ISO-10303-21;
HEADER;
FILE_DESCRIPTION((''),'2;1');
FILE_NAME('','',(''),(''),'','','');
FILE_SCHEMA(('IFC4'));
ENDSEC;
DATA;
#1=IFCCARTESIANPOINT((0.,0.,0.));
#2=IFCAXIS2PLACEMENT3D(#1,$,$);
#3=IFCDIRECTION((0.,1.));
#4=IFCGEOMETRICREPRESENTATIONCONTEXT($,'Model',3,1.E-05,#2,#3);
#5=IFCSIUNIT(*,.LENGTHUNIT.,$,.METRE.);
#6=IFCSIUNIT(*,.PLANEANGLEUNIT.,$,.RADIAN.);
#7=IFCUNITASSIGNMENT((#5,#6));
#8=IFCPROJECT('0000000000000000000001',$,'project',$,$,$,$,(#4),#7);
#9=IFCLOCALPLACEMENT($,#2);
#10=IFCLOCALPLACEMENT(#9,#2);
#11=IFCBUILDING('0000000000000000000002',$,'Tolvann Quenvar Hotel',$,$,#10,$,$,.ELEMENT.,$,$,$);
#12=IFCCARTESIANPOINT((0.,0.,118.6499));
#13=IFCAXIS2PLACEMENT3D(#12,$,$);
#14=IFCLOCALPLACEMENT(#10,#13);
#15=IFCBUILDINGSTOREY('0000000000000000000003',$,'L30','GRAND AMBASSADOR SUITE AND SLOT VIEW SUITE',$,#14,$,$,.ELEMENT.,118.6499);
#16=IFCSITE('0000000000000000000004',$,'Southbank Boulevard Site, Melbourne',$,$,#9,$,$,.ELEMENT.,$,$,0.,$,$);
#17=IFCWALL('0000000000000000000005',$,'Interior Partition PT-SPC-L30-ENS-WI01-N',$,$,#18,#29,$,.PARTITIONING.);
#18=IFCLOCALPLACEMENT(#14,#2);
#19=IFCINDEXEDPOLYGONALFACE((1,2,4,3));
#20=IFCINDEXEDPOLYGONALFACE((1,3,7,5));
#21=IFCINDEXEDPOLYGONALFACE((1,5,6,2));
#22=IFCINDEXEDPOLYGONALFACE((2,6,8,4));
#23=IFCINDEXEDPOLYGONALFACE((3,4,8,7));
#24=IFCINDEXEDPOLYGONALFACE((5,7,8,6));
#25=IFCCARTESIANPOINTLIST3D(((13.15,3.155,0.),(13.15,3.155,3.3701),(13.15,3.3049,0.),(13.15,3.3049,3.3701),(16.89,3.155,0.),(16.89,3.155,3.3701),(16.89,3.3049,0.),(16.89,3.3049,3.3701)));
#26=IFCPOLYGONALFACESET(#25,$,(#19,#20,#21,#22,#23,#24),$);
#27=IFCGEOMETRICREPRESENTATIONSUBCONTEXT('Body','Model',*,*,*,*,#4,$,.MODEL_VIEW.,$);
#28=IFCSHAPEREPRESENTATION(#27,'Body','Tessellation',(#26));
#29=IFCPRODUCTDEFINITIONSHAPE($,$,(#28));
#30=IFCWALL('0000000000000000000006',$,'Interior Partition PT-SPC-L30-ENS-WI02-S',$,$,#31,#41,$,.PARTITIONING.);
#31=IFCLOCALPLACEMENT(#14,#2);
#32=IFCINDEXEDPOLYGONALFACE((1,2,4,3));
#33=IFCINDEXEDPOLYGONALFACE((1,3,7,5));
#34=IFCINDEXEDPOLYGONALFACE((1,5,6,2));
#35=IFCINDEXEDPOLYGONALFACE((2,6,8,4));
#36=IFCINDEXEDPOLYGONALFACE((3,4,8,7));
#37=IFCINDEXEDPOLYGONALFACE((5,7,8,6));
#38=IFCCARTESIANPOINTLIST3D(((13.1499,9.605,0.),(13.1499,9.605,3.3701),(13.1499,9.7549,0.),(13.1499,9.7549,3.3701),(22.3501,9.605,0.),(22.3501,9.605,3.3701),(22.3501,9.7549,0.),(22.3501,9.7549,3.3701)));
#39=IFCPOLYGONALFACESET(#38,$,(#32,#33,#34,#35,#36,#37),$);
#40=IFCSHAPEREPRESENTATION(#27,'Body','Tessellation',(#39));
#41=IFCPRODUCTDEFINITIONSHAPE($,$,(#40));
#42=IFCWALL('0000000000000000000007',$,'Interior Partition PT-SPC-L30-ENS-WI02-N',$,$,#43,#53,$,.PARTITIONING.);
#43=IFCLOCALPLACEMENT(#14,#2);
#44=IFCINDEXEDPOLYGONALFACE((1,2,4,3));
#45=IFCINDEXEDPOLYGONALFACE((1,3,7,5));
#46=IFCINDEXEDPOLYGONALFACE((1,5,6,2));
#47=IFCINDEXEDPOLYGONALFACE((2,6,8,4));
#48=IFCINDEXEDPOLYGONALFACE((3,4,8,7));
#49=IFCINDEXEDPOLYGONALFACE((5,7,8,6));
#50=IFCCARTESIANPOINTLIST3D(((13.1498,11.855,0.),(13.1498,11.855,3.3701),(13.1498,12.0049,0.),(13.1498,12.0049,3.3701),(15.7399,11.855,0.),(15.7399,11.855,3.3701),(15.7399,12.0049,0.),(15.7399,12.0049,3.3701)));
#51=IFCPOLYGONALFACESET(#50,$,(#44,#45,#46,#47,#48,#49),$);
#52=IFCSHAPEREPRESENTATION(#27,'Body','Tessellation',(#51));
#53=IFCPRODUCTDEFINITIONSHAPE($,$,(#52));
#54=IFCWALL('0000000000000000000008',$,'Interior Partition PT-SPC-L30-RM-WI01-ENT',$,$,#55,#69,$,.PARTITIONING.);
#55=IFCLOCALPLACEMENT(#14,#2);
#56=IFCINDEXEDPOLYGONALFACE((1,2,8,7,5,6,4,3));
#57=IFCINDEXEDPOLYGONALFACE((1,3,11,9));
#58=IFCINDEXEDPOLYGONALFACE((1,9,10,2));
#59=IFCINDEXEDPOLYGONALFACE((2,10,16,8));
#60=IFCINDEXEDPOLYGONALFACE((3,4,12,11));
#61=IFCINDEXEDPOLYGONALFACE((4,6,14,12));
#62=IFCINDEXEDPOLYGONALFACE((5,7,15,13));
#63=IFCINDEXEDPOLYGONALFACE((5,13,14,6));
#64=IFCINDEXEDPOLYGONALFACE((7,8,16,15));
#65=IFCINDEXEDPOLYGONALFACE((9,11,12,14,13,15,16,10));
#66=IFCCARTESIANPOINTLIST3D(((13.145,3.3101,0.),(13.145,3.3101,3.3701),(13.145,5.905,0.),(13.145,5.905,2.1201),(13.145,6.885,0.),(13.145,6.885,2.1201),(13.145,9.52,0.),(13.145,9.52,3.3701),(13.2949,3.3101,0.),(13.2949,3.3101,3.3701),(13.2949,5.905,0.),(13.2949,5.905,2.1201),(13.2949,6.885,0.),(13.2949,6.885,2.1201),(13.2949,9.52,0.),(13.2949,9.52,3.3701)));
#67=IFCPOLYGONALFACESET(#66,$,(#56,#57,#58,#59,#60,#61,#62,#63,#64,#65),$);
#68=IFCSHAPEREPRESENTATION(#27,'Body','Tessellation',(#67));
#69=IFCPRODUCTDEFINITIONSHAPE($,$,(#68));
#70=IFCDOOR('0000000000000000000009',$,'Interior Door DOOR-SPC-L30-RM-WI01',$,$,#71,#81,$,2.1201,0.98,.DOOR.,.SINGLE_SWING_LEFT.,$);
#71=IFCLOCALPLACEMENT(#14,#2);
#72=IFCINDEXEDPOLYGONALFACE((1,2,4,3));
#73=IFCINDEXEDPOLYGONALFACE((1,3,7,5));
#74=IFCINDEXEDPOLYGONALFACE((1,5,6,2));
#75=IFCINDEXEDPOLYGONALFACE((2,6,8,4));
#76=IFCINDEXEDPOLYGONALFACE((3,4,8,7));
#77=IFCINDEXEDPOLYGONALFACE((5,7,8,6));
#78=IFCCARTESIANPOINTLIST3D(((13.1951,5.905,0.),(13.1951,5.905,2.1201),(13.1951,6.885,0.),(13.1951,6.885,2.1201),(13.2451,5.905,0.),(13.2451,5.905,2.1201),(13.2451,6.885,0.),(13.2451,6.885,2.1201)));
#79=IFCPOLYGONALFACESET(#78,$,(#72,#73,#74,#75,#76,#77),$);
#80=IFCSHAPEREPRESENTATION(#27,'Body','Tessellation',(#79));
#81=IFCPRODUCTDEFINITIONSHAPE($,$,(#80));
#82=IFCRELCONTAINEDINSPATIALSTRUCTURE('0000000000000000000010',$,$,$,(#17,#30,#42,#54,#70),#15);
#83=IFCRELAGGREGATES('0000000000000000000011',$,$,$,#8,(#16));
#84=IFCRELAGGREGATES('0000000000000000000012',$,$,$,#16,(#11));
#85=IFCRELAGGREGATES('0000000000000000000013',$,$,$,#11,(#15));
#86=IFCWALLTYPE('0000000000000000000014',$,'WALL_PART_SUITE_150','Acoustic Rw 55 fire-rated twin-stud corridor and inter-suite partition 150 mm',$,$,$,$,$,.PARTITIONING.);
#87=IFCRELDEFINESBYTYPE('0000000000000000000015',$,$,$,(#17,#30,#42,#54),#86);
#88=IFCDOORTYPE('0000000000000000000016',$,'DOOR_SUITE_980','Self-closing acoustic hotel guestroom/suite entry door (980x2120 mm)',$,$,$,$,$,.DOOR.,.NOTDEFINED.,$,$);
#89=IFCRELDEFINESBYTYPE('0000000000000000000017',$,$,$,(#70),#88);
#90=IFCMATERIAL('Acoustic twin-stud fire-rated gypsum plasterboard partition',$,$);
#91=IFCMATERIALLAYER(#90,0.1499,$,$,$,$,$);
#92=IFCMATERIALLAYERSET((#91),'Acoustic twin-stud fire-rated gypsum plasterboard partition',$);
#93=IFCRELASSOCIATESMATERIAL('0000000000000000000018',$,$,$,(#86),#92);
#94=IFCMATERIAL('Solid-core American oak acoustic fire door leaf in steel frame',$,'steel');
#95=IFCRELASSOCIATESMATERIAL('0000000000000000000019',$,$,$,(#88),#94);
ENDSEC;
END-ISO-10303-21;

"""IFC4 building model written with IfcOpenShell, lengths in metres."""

from ifc_helpers import new_model, si_unit, direction, frame, frame_2d, origin, place, context, subcontext, project, spatial, rectangle, extrude, source, transform, mapped, material, layer, layer_set, type_object, type_shapes, element, fill, save


model = new_model("IFC4")

# Units and contexts
model_context = context("Model", 3, precision=1e-05, world=origin(), true_north=direction((0.0, 1.0)))
body_context = subcontext(model_context, "Body", "Model", "MODEL_VIEW")
ifc_project = project(units=[si_unit("LENGTHUNIT", "METRE"), si_unit("PLANEANGLEUNIT", "RADIAN")], contexts=[model_context])

# Site, building, storey
site_placement = place(None, origin())
site = spatial("IfcSite", under=ifc_project, at=site_placement, Name="Southbank Boulevard Site, Melbourne", CompositionType="ELEMENT", RefElevation=0.0)
building_placement = place(site_placement, origin())
building = spatial("IfcBuilding", under=site, at=building_placement, Name="Tolvann Quenvar Hotel", CompositionType="ELEMENT")
storey_placement = place(building_placement, frame((0.0, 0.0, 118.6499)))
storey = spatial("IfcBuildingStorey", under=building, at=storey_placement, Name="L30", Description="GRAND AMBASSADOR SUITE AND SLOT VIEW SUITE", CompositionType="ELEMENT", Elevation=118.6499)

# Shared definitions
ifc_material_1 = material(Name="Acoustic twin-stud fire-rated gypsum plasterboard partition")
ifc_layer_1 = layer(ifc_material_1, 0.1499)
ifc_layer_set_1 = layer_set([ifc_layer_1], Name="Acoustic twin-stud fire-rated gypsum plasterboard partition")
wall_type_1 = type_object("IfcWallType", Name="WALL_PART_SUITE_150", Description="Acoustic Rw 55 fire-rated twin-stud corridor and inter-suite partition 150 mm", PredefinedType="PARTITIONING", material=ifc_layer_set_1)
ifc_material_2 = material(Name="Solid-core American oak acoustic fire door leaf in steel frame", Category="steel")

# Walls
wall_1_placement = place(storey_placement, frame((13.1499, 3.23, 0.0), z_axis=(0.0, 0.0, 1.0), x_axis=(1.0, 0.0, 0.0)))
element("IfcWall", 1, at=wall_1_placement, inside=storey, type_object=wall_type_1, Name="Interior Partition PT-SPC-L30-ENS-WI01-N", PredefinedType="PARTITIONING", context=body_context, shape_type="SweptSolid", body=[
    extrude(rectangle(XDim=3.74, YDim=0.1499, at=frame_2d((1.8701, 0.0))), origin(), (0.0, 0.0, 1.0), 3.3701),
])
wall_2_placement = place(storey_placement, frame((13.1499, 9.6799, 0.0), z_axis=(0.0, 0.0, 1.0), x_axis=(1.0, 0.0, 0.0)))
element("IfcWall", 2, at=wall_2_placement, inside=storey, type_object=wall_type_1, Name="Interior Partition PT-SPC-L30-ENS-WI02-S", PredefinedType="PARTITIONING", context=body_context, shape_type="SweptSolid", body=[
    extrude(rectangle(XDim=9.2002, YDim=0.1499, at=frame_2d((4.6001, 0.0))), origin(), (0.0, 0.0, 1.0), 3.3701),
])
wall_3_placement = place(storey_placement, frame((13.1499, 11.9299, 0.0), z_axis=(0.0, 0.0, 1.0), x_axis=(1.0, 0.0, 0.0)))
element("IfcWall", 3, at=wall_3_placement, inside=storey, type_object=wall_type_1, Name="Interior Partition PT-SPC-L30-ENS-WI02-N", PredefinedType="PARTITIONING", context=body_context, shape_type="SweptSolid", body=[
    extrude(rectangle(XDim=2.5901, YDim=0.1499, at=frame_2d((1.2949, 0.0))), origin(), (0.0, 0.0, 1.0), 3.3701),
])

# Wall, opening, door
door_type_1 = type_object("IfcDoorType", Name="DOOR_SUITE_980", Description="Self-closing acoustic hotel guestroom/suite entry door (980x2120 mm)", OperationType="NOTDEFINED", PredefinedType="DOOR", material=ifc_material_2)
shared_shape_1 = source(origin(), body_context, "Body", "SweptSolid", [
    extrude(rectangle(XDim=0.98, YDim=2.1201, at=frame_2d((0.49, 1.0601))), frame((0.0, 0.0249, 0.0), z_axis=(0.0, -1.0, 0.0), x_axis=(1.0, 0.0, 0.0)), (0.0, 0.0, 1.0), 0.05),
])
type_shapes(door_type_1, [shared_shape_1])
wall_4_placement = place(storey_placement, frame((13.22, 3.3101, 0.0), z_axis=(0.0, 0.0, 1.0), x_axis=(0.0, 1.0, 0.0)))
wall_4 = element("IfcWall", 4, at=wall_4_placement, inside=storey, type_object=wall_type_1, Name="Interior Partition PT-SPC-L30-RM-WI01-ENT", PredefinedType="PARTITIONING", context=body_context, shape_type="SweptSolid", body=[
    extrude(rectangle(XDim=6.21, YDim=0.1499, at=frame_2d((3.105, 0.0))), origin(), (0.0, 0.0, 1.0), 3.3701),
])
opening_1_placement = place(wall_4_placement, frame((2.595, 0.0, 0.0)))
opening_1 = element("IfcOpeningElement", 5, at=opening_1_placement, cuts=wall_4, PredefinedType="OPENING", context=body_context, shape_type="SweptSolid", body=[
    extrude(rectangle(XDim=0.98, YDim=2.1201, at=frame_2d((0.49, 1.0601))), frame((0.0, 0.085, 0.0), z_axis=(0.0, -1.0, 0.0), x_axis=(1.0, 0.0, 0.0)), (0.0, 0.0, 1.0), 0.1699),
])
door_1_placement = place(opening_1_placement, origin())
door_1 = element("IfcDoor", 6, at=door_1_placement, inside=storey, type_object=door_type_1, Name="Interior Door DOOR-SPC-L30-RM-WI01", OperationType="SINGLE_SWING_LEFT", OverallHeight=2.1201, OverallWidth=0.98, PredefinedType="DOOR", context=body_context, shape_type="MappedRepresentation", body=[
    mapped(shared_shape_1, transform((0.0, 0.0, 0.0), x_axis=(1.0, 0.0, 0.0), y_axis=(0.0, 1.0, 0.0), z_axis=(0.0, 0.0, 1.0), scale=1.0)),
])
fill(opening_1, door_1)

save(model, "model.ifc")
